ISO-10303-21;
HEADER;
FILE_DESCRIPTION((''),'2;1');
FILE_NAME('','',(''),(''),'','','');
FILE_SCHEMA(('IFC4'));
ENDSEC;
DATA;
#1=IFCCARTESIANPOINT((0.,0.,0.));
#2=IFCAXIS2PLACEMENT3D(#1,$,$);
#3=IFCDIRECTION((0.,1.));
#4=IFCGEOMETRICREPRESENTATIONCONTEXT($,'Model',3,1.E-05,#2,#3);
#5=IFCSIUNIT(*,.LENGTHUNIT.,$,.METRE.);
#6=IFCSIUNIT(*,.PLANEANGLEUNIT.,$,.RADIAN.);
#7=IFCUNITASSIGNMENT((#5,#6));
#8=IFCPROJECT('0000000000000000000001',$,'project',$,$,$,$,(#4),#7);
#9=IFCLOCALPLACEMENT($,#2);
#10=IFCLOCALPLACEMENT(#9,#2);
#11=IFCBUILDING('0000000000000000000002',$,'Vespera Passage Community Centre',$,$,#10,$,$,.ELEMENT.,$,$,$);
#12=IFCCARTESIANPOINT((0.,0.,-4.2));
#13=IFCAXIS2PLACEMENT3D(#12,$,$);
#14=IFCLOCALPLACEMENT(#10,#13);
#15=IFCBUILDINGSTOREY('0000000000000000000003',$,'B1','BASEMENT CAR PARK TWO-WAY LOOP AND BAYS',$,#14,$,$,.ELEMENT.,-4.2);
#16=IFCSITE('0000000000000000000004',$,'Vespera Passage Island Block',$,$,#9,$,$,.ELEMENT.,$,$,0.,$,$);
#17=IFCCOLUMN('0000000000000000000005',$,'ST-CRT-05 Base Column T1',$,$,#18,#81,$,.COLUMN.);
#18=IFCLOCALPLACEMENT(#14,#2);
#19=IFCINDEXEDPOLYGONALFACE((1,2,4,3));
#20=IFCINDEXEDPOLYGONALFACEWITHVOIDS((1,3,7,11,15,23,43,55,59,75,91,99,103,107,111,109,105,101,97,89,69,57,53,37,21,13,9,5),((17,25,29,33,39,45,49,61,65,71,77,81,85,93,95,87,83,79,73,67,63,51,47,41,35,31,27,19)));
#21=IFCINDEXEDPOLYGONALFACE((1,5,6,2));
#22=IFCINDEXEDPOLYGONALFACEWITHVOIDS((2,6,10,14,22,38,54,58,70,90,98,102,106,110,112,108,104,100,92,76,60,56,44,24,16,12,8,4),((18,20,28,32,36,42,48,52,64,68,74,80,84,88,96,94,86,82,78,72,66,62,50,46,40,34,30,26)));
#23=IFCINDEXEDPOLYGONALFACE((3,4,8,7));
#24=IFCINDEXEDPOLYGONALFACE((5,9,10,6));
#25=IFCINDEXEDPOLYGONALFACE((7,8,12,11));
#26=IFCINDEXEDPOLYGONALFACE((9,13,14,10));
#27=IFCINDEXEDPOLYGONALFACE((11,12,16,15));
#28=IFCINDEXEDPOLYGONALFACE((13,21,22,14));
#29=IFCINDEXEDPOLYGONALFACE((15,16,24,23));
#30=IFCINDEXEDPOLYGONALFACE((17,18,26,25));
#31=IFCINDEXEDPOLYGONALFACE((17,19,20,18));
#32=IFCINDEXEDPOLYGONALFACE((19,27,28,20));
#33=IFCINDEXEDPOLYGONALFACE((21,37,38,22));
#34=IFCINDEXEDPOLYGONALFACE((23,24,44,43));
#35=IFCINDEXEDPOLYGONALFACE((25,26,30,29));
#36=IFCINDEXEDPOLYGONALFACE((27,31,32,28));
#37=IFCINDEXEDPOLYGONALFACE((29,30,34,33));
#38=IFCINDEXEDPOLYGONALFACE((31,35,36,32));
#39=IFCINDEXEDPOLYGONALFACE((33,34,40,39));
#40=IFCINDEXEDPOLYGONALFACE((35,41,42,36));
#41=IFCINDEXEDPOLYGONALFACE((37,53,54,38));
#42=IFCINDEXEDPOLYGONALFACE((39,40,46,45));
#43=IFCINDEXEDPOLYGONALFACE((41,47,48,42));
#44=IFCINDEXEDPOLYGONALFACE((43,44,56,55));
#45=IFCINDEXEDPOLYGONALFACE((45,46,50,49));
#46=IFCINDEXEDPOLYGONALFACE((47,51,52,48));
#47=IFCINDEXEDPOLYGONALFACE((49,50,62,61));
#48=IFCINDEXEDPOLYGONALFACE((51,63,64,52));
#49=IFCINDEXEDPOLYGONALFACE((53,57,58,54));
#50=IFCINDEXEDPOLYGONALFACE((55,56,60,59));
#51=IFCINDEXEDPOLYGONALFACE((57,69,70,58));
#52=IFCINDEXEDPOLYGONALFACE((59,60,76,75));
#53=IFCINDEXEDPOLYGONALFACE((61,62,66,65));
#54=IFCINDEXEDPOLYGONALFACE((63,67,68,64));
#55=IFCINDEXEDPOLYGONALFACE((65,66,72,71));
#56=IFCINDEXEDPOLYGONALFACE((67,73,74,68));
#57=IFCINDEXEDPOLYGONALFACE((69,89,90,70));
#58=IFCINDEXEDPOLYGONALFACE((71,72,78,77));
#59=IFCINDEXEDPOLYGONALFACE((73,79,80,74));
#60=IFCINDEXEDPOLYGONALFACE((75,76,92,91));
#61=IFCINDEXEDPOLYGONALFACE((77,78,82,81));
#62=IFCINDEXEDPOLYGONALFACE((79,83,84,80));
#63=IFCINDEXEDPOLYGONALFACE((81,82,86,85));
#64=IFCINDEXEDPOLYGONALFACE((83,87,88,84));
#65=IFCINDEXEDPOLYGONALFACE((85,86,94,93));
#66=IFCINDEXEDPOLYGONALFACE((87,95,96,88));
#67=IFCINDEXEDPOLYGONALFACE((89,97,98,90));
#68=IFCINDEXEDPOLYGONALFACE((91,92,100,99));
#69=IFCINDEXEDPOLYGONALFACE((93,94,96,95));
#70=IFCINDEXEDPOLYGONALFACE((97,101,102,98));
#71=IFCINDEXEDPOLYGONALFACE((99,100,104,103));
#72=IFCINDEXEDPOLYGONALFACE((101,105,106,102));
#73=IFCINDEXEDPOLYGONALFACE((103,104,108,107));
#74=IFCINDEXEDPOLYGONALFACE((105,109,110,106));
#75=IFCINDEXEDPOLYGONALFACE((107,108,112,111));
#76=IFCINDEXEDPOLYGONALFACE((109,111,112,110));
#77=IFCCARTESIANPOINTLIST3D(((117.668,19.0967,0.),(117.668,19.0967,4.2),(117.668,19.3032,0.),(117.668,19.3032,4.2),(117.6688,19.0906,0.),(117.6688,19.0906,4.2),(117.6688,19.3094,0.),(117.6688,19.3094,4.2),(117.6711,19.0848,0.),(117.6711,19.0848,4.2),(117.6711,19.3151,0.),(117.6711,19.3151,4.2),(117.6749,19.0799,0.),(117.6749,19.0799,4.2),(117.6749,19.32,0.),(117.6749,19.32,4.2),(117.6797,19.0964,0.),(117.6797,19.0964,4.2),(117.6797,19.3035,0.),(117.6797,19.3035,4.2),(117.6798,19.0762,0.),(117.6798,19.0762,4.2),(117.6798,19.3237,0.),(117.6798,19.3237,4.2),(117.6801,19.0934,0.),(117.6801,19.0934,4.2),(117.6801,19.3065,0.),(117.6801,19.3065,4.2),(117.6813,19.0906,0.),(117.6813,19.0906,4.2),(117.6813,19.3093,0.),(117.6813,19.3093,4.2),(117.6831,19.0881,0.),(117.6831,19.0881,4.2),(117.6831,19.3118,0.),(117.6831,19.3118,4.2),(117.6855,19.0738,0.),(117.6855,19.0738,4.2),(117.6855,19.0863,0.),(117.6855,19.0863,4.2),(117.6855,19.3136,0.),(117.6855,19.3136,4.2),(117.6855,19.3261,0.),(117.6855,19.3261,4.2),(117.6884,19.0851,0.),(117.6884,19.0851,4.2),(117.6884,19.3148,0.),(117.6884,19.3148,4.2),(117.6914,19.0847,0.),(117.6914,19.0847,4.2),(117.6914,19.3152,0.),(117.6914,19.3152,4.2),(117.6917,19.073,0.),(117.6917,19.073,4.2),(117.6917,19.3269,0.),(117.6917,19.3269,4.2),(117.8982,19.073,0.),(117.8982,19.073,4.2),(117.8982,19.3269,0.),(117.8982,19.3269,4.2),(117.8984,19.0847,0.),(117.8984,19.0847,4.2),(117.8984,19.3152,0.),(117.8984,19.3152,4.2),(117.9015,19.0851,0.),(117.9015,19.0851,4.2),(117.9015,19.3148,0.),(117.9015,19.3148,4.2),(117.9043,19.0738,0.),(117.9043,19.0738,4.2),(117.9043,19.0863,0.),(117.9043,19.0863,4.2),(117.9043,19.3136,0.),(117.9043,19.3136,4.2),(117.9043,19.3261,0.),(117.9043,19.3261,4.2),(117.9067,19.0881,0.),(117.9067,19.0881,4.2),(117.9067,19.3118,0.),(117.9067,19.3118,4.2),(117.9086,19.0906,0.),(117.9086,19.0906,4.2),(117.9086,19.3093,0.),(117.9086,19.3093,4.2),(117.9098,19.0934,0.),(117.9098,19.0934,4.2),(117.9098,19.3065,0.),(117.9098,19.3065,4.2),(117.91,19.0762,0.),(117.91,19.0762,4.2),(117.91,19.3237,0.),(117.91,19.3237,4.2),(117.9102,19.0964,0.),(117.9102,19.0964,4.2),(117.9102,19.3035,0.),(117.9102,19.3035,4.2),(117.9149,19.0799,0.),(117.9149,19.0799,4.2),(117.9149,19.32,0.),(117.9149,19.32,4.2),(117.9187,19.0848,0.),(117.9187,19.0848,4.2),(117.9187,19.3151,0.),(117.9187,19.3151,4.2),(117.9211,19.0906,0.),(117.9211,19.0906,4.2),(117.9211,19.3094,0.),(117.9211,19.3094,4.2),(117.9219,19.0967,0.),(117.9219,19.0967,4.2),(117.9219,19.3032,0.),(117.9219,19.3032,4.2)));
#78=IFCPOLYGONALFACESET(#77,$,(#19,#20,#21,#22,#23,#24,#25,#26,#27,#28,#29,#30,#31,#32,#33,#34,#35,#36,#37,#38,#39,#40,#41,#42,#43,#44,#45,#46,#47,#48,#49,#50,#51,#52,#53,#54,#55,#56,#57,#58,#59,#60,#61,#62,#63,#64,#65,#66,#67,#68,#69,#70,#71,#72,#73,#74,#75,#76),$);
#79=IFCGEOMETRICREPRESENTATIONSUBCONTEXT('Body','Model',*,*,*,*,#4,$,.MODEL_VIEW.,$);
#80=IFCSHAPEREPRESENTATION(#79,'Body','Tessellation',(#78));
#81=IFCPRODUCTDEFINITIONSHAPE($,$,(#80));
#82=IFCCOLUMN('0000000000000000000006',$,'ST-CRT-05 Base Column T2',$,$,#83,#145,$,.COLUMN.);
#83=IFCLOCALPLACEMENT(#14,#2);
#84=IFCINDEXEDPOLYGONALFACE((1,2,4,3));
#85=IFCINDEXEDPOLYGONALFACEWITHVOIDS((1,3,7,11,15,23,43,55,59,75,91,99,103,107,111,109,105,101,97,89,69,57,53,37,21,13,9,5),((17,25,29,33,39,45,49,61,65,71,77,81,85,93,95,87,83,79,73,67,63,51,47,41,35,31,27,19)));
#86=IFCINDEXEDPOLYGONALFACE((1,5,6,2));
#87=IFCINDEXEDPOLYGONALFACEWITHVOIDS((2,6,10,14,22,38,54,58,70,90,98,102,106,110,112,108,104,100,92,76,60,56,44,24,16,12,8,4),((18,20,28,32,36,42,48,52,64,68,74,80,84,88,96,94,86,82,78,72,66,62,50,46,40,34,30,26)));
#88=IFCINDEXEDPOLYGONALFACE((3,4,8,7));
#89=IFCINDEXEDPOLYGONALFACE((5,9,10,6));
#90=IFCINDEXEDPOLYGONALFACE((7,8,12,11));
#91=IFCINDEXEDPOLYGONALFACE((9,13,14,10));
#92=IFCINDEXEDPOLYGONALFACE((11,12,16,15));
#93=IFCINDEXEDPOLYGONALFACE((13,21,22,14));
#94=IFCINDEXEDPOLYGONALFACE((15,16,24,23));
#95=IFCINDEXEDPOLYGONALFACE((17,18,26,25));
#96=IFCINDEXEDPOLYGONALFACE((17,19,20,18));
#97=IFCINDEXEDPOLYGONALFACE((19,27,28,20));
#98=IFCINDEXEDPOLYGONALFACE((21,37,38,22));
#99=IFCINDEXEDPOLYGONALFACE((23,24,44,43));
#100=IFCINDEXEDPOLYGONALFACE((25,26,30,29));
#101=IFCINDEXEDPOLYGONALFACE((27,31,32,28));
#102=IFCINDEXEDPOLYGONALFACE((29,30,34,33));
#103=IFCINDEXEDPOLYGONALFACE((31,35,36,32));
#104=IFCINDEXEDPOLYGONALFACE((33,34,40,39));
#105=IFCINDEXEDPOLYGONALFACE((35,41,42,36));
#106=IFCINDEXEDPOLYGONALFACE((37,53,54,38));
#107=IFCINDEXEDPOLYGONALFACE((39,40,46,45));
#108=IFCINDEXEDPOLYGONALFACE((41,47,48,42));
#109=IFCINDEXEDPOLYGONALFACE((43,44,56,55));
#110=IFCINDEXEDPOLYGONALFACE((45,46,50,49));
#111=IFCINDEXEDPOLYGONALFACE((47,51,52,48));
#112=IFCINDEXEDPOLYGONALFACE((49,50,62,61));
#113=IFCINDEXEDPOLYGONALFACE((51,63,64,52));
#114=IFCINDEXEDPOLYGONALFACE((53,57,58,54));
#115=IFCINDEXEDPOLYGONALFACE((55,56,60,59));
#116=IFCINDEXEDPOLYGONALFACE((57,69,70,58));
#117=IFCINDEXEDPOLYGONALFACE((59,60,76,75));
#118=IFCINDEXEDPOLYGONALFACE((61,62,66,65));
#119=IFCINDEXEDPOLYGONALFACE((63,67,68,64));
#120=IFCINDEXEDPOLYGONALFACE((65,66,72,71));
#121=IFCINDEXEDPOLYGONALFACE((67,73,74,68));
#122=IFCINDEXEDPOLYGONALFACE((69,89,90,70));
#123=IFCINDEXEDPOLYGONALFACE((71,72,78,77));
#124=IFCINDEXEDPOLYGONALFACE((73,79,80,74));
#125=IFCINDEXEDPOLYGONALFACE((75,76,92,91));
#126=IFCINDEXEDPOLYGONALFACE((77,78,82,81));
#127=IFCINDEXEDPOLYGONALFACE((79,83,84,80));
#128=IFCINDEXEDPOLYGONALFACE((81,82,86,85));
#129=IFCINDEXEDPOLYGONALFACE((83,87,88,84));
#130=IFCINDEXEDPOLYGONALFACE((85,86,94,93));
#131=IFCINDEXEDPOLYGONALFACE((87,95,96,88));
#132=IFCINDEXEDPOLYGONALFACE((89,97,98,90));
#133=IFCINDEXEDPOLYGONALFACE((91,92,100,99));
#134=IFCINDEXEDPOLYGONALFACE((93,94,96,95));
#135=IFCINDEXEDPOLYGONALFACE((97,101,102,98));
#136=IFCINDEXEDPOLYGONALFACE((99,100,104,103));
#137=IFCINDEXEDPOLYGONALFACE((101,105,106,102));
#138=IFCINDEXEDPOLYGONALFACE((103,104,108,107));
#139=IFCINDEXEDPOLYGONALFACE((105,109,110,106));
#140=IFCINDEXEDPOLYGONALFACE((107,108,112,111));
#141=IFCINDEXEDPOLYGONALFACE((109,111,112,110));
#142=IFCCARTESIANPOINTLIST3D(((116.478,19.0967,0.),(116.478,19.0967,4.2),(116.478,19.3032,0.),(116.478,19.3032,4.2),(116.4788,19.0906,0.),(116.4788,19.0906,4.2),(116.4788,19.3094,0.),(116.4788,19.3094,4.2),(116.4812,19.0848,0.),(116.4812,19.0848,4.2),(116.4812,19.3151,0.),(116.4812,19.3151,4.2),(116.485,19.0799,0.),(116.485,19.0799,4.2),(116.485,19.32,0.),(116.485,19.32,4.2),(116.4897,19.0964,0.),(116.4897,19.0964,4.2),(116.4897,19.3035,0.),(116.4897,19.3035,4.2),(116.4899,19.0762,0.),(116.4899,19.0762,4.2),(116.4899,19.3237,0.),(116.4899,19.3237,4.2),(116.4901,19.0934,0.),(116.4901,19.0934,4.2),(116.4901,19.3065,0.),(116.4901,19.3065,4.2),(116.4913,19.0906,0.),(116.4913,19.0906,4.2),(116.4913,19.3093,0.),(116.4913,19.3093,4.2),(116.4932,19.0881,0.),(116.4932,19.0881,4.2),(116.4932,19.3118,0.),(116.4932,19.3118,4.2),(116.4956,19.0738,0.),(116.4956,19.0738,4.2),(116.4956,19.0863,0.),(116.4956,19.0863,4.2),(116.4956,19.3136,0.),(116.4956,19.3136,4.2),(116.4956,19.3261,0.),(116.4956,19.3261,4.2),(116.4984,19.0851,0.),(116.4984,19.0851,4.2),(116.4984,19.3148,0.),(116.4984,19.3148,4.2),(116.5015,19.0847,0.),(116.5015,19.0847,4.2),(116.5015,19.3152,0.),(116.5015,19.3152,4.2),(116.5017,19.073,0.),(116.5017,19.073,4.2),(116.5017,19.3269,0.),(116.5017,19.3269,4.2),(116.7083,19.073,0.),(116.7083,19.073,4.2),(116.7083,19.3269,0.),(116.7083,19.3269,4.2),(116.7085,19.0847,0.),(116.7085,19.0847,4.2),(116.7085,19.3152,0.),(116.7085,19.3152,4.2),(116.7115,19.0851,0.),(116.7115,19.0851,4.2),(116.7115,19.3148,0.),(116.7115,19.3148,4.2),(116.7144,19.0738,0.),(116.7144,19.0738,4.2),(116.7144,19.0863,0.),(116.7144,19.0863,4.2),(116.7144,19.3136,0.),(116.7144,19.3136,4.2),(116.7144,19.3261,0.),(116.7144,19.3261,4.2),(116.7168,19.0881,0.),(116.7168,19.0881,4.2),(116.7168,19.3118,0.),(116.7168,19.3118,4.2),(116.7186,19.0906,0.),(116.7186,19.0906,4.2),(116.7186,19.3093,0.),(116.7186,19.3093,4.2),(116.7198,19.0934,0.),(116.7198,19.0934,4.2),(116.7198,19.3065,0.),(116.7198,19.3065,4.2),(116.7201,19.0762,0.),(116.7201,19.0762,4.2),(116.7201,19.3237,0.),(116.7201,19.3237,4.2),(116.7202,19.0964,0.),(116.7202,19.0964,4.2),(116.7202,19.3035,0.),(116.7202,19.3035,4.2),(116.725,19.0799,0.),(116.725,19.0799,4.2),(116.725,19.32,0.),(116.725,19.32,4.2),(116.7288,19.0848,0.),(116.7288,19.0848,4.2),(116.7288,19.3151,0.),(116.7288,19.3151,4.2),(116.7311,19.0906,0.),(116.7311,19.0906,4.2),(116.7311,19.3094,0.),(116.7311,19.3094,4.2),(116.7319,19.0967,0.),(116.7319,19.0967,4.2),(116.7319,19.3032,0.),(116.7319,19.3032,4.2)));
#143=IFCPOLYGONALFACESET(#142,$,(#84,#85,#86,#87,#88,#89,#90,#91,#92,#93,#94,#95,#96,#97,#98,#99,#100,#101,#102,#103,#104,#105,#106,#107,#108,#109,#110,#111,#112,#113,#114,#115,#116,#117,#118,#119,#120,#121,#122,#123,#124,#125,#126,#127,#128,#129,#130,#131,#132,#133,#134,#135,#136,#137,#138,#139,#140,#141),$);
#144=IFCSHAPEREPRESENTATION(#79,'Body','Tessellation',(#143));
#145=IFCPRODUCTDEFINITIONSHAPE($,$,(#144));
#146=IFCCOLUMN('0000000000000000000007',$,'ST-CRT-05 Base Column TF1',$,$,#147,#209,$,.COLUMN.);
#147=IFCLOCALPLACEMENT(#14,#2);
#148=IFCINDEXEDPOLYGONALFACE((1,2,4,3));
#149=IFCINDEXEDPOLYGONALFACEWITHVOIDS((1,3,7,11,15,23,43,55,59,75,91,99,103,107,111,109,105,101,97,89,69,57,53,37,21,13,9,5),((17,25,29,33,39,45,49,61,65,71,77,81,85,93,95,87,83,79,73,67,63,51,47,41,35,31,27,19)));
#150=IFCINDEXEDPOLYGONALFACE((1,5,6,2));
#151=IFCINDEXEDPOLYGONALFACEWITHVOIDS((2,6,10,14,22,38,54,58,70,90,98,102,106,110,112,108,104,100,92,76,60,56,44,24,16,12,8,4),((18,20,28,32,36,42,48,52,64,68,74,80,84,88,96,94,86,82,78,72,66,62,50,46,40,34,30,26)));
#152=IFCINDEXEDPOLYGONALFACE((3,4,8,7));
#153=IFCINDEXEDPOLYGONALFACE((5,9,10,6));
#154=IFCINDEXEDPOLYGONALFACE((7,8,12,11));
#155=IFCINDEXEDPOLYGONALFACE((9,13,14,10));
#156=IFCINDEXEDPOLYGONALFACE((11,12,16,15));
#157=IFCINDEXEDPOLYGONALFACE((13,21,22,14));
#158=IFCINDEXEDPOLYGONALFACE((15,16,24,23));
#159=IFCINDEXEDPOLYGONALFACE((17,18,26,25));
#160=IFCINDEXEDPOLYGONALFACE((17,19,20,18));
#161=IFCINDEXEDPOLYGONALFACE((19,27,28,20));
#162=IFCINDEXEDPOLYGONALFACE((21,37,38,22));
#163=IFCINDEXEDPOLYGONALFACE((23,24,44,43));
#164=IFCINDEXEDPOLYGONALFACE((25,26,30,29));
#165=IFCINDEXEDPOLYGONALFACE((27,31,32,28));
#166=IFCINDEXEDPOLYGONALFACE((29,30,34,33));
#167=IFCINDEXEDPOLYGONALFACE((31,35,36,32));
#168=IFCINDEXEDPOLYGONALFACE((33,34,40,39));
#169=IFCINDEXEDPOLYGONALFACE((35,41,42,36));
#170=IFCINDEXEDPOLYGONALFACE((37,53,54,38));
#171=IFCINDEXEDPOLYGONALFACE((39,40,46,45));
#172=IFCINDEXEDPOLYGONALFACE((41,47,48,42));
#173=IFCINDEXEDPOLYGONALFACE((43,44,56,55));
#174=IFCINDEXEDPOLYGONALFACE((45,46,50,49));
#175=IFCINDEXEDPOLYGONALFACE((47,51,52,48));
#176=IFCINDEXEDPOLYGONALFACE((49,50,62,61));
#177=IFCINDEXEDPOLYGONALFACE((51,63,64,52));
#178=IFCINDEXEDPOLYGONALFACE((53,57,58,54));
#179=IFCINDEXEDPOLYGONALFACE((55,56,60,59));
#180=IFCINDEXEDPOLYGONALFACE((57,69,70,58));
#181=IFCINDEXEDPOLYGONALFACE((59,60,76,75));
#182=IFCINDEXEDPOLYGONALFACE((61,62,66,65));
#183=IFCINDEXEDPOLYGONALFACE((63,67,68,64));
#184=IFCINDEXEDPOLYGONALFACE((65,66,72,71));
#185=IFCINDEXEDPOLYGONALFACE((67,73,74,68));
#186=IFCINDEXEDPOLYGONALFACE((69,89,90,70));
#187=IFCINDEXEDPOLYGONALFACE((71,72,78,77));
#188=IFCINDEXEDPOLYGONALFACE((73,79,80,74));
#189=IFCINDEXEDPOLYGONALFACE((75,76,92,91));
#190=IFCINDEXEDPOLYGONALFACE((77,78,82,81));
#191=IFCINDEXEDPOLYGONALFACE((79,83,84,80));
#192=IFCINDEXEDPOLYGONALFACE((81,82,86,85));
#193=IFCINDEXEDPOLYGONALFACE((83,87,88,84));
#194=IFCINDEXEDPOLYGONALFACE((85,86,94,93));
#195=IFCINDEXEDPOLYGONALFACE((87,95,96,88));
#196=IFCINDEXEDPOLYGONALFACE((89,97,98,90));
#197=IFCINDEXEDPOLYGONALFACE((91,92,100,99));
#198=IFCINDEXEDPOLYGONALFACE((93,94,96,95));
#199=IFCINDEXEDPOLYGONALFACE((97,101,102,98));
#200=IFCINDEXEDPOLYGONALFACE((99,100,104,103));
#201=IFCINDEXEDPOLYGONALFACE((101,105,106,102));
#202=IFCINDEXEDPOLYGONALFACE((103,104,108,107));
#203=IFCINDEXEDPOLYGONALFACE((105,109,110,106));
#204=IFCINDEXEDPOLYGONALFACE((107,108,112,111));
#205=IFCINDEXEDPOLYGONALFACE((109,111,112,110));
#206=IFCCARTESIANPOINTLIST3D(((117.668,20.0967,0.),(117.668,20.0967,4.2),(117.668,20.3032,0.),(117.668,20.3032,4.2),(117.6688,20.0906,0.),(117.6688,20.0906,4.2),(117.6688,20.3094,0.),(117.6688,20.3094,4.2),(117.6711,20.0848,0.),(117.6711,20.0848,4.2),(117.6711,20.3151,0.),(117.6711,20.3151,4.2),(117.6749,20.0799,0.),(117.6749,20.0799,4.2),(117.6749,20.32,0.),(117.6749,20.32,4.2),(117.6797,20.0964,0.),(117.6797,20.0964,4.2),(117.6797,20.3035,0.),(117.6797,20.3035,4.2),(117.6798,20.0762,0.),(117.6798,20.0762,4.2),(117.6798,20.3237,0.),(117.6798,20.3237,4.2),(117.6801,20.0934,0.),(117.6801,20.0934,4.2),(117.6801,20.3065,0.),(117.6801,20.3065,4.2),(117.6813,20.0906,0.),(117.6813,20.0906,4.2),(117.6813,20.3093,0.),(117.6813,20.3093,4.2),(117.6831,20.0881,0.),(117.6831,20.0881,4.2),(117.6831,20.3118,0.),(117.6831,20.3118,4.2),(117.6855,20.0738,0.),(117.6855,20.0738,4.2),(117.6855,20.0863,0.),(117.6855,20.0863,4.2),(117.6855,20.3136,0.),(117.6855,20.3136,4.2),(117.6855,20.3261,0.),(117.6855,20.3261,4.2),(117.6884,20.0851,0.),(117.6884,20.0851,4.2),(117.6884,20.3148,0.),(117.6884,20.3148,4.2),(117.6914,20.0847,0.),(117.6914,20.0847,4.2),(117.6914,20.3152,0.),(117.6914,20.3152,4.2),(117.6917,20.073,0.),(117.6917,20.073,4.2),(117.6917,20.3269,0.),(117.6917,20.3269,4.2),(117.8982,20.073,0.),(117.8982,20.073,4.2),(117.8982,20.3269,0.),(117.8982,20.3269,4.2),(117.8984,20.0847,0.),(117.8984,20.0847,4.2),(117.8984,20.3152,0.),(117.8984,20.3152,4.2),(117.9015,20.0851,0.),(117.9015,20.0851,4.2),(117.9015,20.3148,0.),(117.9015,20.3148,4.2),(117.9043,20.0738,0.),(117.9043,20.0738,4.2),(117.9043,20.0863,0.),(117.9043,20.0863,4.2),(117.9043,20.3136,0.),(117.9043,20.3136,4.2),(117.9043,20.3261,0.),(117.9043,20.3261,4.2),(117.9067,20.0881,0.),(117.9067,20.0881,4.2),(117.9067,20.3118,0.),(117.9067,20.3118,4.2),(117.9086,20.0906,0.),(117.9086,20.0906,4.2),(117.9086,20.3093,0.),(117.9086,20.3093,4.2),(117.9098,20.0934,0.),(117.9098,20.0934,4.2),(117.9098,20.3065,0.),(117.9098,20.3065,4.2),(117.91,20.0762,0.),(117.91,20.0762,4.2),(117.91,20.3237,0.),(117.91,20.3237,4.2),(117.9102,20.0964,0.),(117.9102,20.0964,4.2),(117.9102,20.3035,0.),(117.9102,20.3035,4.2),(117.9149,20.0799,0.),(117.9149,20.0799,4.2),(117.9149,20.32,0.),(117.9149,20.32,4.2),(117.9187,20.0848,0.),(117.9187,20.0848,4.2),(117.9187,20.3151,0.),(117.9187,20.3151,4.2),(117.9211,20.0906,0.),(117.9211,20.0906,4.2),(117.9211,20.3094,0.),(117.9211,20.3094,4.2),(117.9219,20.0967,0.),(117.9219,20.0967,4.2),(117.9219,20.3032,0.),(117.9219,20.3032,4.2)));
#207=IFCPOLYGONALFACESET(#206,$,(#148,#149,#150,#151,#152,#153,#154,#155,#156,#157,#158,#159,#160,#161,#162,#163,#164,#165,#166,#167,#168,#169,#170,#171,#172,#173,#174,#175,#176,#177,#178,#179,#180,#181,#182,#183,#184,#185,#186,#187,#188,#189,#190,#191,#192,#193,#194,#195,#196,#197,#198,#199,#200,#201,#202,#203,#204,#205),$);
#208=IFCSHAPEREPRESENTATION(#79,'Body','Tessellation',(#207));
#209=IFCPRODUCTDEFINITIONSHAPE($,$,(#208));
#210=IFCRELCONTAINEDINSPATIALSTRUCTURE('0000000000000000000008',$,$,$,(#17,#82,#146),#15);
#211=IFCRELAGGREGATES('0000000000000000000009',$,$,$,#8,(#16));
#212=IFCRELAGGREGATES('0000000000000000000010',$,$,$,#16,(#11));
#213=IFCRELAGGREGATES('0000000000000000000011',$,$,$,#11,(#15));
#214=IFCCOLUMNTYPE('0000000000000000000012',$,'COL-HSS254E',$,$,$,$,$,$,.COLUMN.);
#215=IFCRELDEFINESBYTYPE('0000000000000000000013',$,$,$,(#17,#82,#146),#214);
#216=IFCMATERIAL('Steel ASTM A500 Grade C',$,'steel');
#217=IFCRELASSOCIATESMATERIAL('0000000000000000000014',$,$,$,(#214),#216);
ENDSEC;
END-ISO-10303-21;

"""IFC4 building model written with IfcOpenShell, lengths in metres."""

from ifc_helpers import new_model, si_unit, direction, frame, origin, origin_2d, place, context, subcontext, project, spatial, hollow_rectangle, extrude, material, material_profile, profile_set, type_object, element, save


model = new_model("IFC4")

# Units and contexts
model_context = context("Model", 3, precision=1e-05, world=origin(), true_north=direction((0.0, 1.0)))
body_context = subcontext(model_context, "Body", "Model", "MODEL_VIEW")
ifc_project = project(units=[si_unit("LENGTHUNIT", "METRE"), si_unit("PLANEANGLEUNIT", "RADIAN")], contexts=[model_context])

# Site, building, storey
site_placement = place(None, origin())
site = spatial("IfcSite", under=ifc_project, at=site_placement, Name="Vespera Passage Island Block", CompositionType="ELEMENT", RefElevation=0.0)
building_placement = place(site_placement, origin())
building = spatial("IfcBuilding", under=site, at=building_placement, Name="Vespera Passage Community Centre", CompositionType="ELEMENT")
storey_placement = place(building_placement, frame((0.0, 0.0, -4.2)))
storey = spatial("IfcBuildingStorey", under=building, at=storey_placement, Name="B1", Description="BASEMENT CAR PARK TWO-WAY LOOP AND BAYS", CompositionType="ELEMENT", Elevation=-4.2)

# Columns
ifc_material_1 = material(Name="Steel ASTM A500 Grade C", Category="steel")
ifc_material_profile_1 = material_profile(ifc_material_1, hollow_rectangle(XDim=0.2539, YDim=0.2539, WallThickness=0.0117, InnerFilletRadius=0.0117, OuterFilletRadius=0.0237, at=origin_2d()), Name="HSS254X254X12.7")
ifc_profile_set_1 = profile_set([ifc_material_profile_1], Name="Steel ASTM A500 Grade C")
column_type_1 = type_object("IfcColumnType", Name="COL-HSS254E", PredefinedType="COLUMN", material=ifc_profile_set_1)
for number, where, z_axis, x_axis, name in (
    (1, (117.7949, 19.2, 0.0), (0.0, 0.0, 1.0), (1.0, 0.0, 0.0), "ST-CRT-05 Base Column T1"),
    (2, (116.605, 19.2, 0.0), (0.0, 0.0, 1.0), (1.0, 0.0, 0.0), "ST-CRT-05 Base Column T2"),
    (3, (117.7949, 20.2, 0.0), (0.0, 0.0, 1.0), (1.0, 0.0, 0.0), "ST-CRT-05 Base Column TF1"),
):
    element("IfcColumn", number, at=place(storey_placement, frame(where, z_axis=z_axis, x_axis=x_axis)), inside=storey, type_object=column_type_1, Name=name, PredefinedType="COLUMN", context=body_context, shape_type="SweptSolid", body=[
        extrude(hollow_rectangle(XDim=0.2539, YDim=0.2539, WallThickness=0.0117, InnerFilletRadius=0.0117, OuterFilletRadius=0.0237, at=origin_2d()), origin(), (0.0, 0.0, 1.0), 4.2),
    ])

save(model, "model.ifc")
